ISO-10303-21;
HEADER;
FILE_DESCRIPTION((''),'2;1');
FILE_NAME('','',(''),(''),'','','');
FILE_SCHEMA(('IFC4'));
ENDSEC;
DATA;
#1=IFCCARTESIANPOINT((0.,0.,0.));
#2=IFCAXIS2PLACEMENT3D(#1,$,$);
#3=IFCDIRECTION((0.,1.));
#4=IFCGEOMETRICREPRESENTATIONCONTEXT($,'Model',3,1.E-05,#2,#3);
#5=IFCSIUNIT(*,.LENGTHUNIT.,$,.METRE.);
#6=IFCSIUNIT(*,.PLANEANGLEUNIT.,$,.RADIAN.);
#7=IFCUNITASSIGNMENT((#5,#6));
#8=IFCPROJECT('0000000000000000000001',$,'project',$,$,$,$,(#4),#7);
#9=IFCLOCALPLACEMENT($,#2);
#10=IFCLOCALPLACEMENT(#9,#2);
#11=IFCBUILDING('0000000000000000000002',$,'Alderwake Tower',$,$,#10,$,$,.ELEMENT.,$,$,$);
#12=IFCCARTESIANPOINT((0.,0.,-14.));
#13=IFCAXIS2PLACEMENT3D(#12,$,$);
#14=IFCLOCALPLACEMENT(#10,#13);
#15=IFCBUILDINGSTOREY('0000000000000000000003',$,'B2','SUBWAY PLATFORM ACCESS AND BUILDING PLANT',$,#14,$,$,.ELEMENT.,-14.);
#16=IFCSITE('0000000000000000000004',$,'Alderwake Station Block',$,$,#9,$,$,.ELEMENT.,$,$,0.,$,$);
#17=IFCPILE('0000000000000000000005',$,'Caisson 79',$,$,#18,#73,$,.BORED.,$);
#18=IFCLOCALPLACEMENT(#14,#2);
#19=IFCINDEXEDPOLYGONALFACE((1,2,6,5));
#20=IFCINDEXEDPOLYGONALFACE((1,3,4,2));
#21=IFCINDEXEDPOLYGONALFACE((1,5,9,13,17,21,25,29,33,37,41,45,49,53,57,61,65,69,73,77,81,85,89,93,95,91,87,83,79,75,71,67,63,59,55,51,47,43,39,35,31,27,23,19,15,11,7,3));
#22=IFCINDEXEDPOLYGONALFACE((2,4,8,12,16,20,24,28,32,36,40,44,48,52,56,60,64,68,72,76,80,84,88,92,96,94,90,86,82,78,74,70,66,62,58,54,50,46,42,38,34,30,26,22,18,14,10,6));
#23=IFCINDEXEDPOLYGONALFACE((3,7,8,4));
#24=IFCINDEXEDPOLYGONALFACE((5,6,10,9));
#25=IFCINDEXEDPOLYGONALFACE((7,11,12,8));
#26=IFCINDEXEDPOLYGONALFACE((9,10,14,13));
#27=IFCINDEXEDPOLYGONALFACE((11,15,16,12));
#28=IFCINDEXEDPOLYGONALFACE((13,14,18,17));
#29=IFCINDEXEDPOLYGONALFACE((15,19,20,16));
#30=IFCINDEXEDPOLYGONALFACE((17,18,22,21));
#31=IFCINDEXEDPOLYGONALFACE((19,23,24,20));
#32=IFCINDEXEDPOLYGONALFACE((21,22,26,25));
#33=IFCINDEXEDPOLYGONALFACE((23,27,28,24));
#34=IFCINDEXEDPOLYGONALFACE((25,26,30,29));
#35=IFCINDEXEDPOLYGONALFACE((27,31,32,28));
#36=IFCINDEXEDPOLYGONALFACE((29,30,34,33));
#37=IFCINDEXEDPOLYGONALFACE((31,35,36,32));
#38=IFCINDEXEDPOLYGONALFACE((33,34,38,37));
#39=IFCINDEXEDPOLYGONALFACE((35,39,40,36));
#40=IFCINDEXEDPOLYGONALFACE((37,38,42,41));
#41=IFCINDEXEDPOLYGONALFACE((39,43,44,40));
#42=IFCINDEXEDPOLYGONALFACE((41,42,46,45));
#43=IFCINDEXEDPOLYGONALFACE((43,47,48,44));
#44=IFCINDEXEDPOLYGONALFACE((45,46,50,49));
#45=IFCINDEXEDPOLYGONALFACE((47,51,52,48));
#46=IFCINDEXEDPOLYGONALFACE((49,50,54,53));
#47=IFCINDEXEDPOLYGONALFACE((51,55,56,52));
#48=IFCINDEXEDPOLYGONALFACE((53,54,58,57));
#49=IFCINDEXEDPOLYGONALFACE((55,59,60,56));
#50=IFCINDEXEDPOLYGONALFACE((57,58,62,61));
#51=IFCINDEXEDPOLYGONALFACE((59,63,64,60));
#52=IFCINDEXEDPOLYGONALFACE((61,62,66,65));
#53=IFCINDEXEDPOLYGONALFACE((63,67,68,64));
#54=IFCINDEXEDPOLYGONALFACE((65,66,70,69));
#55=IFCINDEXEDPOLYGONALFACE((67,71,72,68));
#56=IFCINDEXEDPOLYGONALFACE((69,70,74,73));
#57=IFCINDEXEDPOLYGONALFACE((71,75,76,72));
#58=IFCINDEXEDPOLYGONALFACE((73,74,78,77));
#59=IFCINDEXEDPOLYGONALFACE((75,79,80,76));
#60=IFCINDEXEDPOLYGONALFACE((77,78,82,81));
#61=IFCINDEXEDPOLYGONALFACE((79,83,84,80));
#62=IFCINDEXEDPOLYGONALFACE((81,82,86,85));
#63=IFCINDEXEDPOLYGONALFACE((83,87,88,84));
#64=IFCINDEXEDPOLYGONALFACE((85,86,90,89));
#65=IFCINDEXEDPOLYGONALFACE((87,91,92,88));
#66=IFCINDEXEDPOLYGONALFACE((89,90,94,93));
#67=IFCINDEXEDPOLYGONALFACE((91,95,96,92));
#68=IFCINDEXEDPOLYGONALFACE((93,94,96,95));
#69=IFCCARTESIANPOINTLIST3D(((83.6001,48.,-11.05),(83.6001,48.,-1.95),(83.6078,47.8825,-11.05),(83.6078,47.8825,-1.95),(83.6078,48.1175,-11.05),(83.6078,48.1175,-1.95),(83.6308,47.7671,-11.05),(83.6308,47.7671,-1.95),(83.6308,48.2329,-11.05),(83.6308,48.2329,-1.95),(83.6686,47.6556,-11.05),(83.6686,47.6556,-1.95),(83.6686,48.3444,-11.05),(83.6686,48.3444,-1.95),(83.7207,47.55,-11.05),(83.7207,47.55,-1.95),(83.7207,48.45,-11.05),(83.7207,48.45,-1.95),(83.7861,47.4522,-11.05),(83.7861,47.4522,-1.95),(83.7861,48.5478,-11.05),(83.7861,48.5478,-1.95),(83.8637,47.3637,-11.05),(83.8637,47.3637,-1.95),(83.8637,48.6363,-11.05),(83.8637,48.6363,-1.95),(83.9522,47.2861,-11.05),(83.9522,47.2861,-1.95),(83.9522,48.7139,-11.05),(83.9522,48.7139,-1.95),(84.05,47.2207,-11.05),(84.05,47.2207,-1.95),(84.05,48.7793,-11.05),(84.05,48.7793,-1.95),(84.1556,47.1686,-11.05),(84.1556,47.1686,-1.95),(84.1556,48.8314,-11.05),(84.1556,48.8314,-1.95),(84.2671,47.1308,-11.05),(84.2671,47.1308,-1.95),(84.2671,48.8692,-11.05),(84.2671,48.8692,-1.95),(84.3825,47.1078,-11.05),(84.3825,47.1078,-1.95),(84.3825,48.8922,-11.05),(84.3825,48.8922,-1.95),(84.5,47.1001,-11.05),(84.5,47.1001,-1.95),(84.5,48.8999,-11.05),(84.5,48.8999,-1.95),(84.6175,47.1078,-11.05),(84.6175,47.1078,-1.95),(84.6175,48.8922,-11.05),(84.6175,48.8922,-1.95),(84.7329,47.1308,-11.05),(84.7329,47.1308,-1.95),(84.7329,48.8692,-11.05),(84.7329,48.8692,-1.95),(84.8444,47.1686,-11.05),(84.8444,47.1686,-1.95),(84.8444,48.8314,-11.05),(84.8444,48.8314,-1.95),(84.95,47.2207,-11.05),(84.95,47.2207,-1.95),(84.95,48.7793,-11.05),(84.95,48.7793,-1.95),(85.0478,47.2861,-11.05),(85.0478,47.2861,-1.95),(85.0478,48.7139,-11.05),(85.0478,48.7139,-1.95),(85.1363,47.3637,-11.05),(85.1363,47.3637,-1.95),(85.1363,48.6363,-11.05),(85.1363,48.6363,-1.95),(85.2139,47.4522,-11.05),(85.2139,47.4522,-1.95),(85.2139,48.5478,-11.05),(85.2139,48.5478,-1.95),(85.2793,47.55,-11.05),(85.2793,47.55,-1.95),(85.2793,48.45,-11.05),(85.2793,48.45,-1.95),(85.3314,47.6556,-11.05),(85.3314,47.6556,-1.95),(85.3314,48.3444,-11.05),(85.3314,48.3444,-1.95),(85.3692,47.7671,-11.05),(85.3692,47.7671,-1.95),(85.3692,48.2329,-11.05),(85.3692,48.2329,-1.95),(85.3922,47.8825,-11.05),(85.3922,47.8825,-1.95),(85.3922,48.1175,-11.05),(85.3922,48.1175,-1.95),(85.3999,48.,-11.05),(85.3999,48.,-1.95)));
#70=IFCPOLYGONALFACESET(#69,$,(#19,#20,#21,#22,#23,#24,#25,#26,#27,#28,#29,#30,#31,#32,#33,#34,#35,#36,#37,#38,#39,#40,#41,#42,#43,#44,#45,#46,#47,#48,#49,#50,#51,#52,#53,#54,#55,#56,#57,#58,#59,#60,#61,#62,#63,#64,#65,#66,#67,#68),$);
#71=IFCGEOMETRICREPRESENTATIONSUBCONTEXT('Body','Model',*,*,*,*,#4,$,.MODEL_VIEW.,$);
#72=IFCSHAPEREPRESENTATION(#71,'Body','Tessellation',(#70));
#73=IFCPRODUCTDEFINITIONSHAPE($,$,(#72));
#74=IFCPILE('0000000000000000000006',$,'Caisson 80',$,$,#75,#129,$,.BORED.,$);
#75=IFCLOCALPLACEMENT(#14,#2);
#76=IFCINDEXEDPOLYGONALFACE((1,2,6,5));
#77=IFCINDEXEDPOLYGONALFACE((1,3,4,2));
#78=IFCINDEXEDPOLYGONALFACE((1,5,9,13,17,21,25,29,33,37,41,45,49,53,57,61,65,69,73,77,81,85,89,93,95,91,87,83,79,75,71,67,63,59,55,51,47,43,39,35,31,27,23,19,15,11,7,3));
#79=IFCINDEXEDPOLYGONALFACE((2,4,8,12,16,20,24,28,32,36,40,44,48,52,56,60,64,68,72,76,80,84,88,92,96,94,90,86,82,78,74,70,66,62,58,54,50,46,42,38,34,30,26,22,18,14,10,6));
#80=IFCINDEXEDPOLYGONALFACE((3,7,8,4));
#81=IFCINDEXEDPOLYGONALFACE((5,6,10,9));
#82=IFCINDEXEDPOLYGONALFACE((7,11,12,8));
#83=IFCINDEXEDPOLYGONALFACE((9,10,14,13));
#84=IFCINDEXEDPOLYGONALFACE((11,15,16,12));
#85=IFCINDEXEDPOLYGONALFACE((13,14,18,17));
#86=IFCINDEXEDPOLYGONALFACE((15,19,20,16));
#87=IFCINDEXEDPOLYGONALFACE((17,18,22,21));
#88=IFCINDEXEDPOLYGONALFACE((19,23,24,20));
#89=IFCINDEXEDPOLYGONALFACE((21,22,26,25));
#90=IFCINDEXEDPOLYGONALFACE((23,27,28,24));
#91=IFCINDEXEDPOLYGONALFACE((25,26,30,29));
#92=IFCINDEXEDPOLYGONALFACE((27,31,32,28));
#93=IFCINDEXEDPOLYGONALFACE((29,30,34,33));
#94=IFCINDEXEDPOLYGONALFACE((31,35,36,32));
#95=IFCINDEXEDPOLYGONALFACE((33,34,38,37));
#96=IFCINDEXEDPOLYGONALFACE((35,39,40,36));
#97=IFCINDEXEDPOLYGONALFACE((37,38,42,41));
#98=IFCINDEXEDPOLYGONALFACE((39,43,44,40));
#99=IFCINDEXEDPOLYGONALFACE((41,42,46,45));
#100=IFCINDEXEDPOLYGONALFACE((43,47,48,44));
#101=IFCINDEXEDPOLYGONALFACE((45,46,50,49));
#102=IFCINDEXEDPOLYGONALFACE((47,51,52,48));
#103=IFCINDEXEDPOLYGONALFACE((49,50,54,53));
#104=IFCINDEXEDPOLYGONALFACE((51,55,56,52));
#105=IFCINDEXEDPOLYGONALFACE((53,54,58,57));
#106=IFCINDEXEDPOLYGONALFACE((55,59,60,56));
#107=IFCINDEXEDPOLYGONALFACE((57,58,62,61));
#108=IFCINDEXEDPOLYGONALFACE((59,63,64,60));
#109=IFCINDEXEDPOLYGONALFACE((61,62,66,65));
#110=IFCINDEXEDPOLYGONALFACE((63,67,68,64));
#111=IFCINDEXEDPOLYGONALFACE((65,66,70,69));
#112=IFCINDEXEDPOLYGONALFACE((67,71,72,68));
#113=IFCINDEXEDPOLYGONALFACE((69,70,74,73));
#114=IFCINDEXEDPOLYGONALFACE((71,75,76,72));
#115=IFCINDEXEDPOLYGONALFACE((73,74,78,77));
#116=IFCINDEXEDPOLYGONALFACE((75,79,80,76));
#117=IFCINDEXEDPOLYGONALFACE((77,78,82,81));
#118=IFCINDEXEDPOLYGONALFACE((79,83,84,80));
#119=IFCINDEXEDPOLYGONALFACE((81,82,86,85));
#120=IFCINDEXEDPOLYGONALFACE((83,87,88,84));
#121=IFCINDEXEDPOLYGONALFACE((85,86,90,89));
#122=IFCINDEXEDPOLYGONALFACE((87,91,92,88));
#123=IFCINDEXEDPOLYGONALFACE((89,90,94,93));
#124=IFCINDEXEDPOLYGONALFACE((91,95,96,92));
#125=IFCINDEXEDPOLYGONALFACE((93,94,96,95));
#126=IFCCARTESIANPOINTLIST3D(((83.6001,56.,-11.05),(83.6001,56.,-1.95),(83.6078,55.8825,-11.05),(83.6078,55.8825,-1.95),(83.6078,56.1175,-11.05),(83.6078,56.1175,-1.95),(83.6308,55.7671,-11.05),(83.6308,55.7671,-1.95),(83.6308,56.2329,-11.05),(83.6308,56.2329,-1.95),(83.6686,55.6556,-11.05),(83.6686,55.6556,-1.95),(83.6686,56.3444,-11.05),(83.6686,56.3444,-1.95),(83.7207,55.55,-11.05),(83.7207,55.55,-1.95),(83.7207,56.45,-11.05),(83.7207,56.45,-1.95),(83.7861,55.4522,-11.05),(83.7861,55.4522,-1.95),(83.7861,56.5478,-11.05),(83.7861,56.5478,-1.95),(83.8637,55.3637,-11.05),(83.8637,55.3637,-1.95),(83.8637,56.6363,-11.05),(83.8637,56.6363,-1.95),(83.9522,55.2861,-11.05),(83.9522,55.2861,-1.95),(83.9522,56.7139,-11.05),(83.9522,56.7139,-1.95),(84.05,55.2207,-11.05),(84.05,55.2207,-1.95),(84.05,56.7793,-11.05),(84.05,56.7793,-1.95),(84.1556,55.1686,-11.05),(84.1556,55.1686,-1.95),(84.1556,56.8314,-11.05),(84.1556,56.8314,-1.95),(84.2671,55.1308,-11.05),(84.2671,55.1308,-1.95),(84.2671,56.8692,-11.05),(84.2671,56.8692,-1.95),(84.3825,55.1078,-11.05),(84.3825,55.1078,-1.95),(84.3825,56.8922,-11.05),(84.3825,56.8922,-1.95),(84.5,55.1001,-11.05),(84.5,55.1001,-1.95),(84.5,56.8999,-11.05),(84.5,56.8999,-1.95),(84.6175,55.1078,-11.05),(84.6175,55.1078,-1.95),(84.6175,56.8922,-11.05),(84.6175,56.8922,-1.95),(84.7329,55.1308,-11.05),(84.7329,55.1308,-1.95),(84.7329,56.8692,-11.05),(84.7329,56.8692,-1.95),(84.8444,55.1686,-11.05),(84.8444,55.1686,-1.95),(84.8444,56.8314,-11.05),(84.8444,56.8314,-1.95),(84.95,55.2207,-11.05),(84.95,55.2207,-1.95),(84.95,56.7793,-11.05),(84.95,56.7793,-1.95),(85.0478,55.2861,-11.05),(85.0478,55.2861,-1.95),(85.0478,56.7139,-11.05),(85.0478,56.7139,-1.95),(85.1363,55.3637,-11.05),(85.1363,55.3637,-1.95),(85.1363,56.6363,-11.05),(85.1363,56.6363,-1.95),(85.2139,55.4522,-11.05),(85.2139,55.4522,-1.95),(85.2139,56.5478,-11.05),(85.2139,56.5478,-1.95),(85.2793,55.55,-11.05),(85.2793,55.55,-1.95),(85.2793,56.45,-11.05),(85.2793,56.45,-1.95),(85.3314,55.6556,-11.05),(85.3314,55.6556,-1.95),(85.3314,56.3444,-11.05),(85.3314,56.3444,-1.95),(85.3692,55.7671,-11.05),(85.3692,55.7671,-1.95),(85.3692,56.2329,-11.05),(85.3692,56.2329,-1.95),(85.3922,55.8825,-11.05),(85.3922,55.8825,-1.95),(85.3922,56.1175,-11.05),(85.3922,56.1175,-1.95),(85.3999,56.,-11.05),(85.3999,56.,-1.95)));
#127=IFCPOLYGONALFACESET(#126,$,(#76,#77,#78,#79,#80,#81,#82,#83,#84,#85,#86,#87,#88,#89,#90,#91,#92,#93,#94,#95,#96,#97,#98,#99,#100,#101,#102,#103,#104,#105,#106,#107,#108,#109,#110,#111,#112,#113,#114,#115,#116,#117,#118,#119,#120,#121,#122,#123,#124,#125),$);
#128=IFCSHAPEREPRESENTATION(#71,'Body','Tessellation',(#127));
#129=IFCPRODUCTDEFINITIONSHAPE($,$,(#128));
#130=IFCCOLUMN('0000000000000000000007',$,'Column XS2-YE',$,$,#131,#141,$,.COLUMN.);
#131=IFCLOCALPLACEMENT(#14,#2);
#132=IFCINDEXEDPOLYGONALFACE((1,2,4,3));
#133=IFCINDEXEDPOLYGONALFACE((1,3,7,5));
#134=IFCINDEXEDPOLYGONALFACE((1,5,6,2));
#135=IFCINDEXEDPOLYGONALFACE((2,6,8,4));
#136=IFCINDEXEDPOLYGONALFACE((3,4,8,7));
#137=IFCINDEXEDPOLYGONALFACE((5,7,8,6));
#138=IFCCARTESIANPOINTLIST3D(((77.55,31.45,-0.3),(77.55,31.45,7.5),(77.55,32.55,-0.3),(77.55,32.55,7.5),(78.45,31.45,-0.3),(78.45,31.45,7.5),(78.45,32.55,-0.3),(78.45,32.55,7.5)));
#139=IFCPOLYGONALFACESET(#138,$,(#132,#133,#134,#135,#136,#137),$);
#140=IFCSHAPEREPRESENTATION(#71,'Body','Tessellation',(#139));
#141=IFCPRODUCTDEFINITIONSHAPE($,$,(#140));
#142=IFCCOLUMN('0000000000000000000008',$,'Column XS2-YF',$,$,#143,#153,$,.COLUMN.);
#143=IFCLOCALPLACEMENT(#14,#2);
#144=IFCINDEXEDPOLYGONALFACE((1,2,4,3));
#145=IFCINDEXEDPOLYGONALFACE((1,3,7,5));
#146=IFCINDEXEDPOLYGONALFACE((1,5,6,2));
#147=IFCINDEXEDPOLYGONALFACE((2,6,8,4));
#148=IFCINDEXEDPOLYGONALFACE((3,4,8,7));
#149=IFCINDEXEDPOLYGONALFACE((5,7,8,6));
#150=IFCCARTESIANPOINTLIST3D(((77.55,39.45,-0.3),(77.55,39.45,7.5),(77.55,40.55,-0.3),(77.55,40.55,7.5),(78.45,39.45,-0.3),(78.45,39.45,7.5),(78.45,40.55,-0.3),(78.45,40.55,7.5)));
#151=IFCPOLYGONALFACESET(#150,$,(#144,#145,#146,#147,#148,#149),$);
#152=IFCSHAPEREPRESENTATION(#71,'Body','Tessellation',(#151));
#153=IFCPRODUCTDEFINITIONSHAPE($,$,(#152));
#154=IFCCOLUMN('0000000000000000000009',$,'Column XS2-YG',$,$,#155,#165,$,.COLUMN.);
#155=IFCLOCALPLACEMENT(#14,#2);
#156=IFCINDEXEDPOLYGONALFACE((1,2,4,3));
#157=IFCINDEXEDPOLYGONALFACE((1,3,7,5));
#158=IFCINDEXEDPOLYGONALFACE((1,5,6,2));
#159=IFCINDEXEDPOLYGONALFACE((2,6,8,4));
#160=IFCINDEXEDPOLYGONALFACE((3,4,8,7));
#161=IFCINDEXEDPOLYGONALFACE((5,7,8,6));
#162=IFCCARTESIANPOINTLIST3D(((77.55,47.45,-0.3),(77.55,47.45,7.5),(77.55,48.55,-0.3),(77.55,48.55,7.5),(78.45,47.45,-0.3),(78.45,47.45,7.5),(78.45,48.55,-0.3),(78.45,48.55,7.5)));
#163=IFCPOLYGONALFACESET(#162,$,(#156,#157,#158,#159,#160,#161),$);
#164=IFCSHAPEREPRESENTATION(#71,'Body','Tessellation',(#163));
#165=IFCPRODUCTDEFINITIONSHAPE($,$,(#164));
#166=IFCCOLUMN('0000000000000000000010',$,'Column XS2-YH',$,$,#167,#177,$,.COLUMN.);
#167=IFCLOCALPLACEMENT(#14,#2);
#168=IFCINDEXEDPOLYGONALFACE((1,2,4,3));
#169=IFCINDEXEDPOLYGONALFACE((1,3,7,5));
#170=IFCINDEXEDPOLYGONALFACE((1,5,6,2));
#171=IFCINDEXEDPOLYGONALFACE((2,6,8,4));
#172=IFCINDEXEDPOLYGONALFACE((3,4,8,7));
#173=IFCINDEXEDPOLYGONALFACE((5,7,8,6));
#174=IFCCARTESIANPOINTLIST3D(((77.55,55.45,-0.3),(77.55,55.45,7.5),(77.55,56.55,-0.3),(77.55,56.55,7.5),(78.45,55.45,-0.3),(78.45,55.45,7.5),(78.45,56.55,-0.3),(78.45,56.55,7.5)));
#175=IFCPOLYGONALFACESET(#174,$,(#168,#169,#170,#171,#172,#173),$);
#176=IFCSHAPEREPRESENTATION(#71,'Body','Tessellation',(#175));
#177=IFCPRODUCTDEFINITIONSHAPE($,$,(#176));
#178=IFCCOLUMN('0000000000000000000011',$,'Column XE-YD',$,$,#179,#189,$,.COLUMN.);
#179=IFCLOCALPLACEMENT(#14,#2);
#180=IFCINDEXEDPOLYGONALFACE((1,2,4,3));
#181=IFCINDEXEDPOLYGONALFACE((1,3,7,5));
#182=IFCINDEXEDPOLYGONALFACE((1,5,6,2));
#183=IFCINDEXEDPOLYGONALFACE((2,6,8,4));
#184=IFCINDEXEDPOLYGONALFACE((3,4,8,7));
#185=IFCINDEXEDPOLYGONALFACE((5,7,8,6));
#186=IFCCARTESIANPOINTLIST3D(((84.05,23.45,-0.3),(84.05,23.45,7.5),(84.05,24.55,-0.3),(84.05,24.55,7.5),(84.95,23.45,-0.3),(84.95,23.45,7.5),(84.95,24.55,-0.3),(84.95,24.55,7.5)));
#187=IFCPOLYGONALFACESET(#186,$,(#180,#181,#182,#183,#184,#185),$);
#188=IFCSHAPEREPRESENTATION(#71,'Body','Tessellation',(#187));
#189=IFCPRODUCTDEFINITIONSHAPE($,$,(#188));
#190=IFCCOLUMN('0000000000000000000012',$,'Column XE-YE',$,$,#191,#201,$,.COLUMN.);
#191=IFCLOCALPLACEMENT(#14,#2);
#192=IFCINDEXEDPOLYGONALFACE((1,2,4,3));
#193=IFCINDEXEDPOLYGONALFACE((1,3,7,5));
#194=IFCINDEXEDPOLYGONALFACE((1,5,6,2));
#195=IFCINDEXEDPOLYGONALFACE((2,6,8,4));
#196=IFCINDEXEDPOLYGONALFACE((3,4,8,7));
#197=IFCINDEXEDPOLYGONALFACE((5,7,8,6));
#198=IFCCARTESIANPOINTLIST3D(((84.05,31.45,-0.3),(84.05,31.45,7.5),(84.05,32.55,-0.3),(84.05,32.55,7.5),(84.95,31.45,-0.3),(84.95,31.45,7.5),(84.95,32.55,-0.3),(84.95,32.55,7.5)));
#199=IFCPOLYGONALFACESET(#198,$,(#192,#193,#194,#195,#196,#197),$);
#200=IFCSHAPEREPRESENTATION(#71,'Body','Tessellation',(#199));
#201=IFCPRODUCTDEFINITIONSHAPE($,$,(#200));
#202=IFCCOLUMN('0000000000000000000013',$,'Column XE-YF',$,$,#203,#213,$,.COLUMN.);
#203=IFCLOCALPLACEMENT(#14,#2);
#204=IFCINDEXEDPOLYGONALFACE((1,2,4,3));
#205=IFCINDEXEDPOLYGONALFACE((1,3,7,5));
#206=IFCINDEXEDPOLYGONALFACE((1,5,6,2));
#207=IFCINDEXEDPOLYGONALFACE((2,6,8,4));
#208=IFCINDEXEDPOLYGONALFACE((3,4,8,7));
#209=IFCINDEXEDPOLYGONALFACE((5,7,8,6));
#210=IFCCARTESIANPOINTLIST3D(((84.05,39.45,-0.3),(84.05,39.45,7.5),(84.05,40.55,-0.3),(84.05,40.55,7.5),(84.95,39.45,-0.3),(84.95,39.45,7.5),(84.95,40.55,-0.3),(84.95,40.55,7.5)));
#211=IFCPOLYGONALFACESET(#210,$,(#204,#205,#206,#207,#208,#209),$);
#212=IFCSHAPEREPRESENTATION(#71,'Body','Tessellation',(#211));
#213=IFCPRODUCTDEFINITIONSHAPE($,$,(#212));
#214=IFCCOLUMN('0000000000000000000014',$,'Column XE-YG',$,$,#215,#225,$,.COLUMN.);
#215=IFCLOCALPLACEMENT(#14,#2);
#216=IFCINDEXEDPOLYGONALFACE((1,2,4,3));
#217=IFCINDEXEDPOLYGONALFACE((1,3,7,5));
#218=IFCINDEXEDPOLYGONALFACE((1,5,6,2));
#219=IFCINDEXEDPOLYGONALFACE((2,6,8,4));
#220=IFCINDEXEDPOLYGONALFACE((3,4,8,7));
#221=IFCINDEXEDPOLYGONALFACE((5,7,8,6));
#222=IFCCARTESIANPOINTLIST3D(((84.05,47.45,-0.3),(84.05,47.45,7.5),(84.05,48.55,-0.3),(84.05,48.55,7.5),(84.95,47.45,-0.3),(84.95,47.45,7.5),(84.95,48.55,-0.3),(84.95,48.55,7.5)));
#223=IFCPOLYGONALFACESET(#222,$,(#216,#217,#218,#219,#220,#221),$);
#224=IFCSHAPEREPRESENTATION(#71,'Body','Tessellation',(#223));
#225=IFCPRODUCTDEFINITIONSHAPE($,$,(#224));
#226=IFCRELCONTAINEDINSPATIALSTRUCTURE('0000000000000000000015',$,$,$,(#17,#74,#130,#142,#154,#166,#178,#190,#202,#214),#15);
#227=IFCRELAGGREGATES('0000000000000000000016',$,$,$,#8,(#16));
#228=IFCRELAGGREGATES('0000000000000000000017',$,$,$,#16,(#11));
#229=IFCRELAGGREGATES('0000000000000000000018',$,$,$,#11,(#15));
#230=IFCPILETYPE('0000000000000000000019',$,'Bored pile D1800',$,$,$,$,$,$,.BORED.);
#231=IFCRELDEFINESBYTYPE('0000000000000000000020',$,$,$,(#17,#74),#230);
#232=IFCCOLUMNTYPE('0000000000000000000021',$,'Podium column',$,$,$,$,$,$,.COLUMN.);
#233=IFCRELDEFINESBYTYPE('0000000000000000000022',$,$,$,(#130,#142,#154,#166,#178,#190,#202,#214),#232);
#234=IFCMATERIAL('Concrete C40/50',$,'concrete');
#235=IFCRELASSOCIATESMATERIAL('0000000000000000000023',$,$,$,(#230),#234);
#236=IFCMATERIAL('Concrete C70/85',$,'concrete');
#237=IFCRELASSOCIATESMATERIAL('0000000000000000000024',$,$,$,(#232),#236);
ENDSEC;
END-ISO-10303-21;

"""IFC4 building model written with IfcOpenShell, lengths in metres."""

from ifc_helpers import new_model, si_unit, direction, frame, origin, origin_2d, place, context, subcontext, project, spatial, rectangle, circle, extrude, material, material_profile, profile_set, type_object, element, save


model = new_model("IFC4")

# Units and contexts
model_context = context("Model", 3, precision=1e-05, world=origin(), true_north=direction((0.0, 1.0)))
body_context = subcontext(model_context, "Body", "Model", "MODEL_VIEW")
ifc_project = project(units=[si_unit("LENGTHUNIT", "METRE"), si_unit("PLANEANGLEUNIT", "RADIAN")], contexts=[model_context])

# Site, building, storey
site_placement = place(None, origin())
site = spatial("IfcSite", under=ifc_project, at=site_placement, Name="Alderwake Station Block", CompositionType="ELEMENT", RefElevation=0.0)
building_placement = place(site_placement, origin())
building = spatial("IfcBuilding", under=site, at=building_placement, Name="Alderwake Tower", CompositionType="ELEMENT")
storey_placement = place(building_placement, frame((0.0, 0.0, -14.0)))
storey = spatial("IfcBuildingStorey", under=building, at=storey_placement, Name="B2", Description="SUBWAY PLATFORM ACCESS AND BUILDING PLANT", CompositionType="ELEMENT", Elevation=-14.0)

# Piles
ifc_material_1 = material(Name="Concrete C40/50", Category="concrete")
ifc_material_profile_1 = material_profile(ifc_material_1, circle(Radius=0.8999, at=origin_2d()), Name="PILE 1800")
ifc_profile_set_1 = profile_set([ifc_material_profile_1], Name="Concrete C40/50")
pile_type = type_object("IfcPileType", Name="Bored pile D1800", PredefinedType="BORED", material=ifc_profile_set_1)
for number, where, z_axis, x_axis, name in (
    (1, (84.5, 48.0, -1.95), (0.0, 0.0, -1.0), (1.0, 0.0, 0.0), "Caisson 79"),
    (2, (84.5, 56.0, -1.95), (0.0, 0.0, -1.0), (1.0, 0.0, 0.0), "Caisson 80"),
):
    element("IfcPile", number, at=place(storey_placement, frame(where, z_axis=z_axis, x_axis=x_axis)), inside=storey, type_object=pile_type, Name=name, PredefinedType="BORED", context=body_context, shape_type="SweptSolid", body=[
        extrude(circle(Radius=0.8999, at=origin_2d()), origin(), (0.0, 0.0, 1.0), 9.1001),
    ])

# Columns
ifc_material_2 = material(Name="Concrete C70/85", Category="concrete")
ifc_material_profile_2 = material_profile(ifc_material_2, rectangle(XDim=0.8999, YDim=1.1001, at=origin_2d()), Name="RC 1100X900")
ifc_profile_set_2 = profile_set([ifc_material_profile_2], Name="Concrete C70/85")
column_type = type_object("IfcColumnType", Name="Podium column", PredefinedType="COLUMN", material=ifc_profile_set_2)
for number, where, z_axis, x_axis, name in (
    (3, (78.0, 32.0, -0.3), (0.0, 0.0, 1.0), (1.0, 0.0, 0.0), "Column XS2-YE"),
    (4, (78.0, 40.0, -0.3), (0.0, 0.0, 1.0), (1.0, 0.0, 0.0), "Column XS2-YF"),
    (5, (78.0, 48.0, -0.3), (0.0, 0.0, 1.0), (1.0, 0.0, 0.0), "Column XS2-YG"),
    (6, (78.0, 56.0, -0.3), (0.0, 0.0, 1.0), (1.0, 0.0, 0.0), "Column XS2-YH"),
    (7, (84.5, 24.0, -0.3), (0.0, 0.0, 1.0), (1.0, 0.0, 0.0), "Column XE-YD"),
    (8, (84.5, 32.0, -0.3), (0.0, 0.0, 1.0), (1.0, 0.0, 0.0), "Column XE-YE"),
    (9, (84.5, 40.0, -0.3), (0.0, 0.0, 1.0), (1.0, 0.0, 0.0), "Column XE-YF"),
    (10, (84.5, 48.0, -0.3), (0.0, 0.0, 1.0), (1.0, 0.0, 0.0), "Column XE-YG"),
):
    element("IfcColumn", number, at=place(storey_placement, frame(where, z_axis=z_axis, x_axis=x_axis)), inside=storey, type_object=column_type, Name=name, PredefinedType="COLUMN", context=body_context, shape_type="SweptSolid", body=[
        extrude(rectangle(XDim=0.8999, YDim=1.1001, at=origin_2d()), origin(), (0.0, 0.0, 1.0), 7.8),
    ])

save(model, "model.ifc")
